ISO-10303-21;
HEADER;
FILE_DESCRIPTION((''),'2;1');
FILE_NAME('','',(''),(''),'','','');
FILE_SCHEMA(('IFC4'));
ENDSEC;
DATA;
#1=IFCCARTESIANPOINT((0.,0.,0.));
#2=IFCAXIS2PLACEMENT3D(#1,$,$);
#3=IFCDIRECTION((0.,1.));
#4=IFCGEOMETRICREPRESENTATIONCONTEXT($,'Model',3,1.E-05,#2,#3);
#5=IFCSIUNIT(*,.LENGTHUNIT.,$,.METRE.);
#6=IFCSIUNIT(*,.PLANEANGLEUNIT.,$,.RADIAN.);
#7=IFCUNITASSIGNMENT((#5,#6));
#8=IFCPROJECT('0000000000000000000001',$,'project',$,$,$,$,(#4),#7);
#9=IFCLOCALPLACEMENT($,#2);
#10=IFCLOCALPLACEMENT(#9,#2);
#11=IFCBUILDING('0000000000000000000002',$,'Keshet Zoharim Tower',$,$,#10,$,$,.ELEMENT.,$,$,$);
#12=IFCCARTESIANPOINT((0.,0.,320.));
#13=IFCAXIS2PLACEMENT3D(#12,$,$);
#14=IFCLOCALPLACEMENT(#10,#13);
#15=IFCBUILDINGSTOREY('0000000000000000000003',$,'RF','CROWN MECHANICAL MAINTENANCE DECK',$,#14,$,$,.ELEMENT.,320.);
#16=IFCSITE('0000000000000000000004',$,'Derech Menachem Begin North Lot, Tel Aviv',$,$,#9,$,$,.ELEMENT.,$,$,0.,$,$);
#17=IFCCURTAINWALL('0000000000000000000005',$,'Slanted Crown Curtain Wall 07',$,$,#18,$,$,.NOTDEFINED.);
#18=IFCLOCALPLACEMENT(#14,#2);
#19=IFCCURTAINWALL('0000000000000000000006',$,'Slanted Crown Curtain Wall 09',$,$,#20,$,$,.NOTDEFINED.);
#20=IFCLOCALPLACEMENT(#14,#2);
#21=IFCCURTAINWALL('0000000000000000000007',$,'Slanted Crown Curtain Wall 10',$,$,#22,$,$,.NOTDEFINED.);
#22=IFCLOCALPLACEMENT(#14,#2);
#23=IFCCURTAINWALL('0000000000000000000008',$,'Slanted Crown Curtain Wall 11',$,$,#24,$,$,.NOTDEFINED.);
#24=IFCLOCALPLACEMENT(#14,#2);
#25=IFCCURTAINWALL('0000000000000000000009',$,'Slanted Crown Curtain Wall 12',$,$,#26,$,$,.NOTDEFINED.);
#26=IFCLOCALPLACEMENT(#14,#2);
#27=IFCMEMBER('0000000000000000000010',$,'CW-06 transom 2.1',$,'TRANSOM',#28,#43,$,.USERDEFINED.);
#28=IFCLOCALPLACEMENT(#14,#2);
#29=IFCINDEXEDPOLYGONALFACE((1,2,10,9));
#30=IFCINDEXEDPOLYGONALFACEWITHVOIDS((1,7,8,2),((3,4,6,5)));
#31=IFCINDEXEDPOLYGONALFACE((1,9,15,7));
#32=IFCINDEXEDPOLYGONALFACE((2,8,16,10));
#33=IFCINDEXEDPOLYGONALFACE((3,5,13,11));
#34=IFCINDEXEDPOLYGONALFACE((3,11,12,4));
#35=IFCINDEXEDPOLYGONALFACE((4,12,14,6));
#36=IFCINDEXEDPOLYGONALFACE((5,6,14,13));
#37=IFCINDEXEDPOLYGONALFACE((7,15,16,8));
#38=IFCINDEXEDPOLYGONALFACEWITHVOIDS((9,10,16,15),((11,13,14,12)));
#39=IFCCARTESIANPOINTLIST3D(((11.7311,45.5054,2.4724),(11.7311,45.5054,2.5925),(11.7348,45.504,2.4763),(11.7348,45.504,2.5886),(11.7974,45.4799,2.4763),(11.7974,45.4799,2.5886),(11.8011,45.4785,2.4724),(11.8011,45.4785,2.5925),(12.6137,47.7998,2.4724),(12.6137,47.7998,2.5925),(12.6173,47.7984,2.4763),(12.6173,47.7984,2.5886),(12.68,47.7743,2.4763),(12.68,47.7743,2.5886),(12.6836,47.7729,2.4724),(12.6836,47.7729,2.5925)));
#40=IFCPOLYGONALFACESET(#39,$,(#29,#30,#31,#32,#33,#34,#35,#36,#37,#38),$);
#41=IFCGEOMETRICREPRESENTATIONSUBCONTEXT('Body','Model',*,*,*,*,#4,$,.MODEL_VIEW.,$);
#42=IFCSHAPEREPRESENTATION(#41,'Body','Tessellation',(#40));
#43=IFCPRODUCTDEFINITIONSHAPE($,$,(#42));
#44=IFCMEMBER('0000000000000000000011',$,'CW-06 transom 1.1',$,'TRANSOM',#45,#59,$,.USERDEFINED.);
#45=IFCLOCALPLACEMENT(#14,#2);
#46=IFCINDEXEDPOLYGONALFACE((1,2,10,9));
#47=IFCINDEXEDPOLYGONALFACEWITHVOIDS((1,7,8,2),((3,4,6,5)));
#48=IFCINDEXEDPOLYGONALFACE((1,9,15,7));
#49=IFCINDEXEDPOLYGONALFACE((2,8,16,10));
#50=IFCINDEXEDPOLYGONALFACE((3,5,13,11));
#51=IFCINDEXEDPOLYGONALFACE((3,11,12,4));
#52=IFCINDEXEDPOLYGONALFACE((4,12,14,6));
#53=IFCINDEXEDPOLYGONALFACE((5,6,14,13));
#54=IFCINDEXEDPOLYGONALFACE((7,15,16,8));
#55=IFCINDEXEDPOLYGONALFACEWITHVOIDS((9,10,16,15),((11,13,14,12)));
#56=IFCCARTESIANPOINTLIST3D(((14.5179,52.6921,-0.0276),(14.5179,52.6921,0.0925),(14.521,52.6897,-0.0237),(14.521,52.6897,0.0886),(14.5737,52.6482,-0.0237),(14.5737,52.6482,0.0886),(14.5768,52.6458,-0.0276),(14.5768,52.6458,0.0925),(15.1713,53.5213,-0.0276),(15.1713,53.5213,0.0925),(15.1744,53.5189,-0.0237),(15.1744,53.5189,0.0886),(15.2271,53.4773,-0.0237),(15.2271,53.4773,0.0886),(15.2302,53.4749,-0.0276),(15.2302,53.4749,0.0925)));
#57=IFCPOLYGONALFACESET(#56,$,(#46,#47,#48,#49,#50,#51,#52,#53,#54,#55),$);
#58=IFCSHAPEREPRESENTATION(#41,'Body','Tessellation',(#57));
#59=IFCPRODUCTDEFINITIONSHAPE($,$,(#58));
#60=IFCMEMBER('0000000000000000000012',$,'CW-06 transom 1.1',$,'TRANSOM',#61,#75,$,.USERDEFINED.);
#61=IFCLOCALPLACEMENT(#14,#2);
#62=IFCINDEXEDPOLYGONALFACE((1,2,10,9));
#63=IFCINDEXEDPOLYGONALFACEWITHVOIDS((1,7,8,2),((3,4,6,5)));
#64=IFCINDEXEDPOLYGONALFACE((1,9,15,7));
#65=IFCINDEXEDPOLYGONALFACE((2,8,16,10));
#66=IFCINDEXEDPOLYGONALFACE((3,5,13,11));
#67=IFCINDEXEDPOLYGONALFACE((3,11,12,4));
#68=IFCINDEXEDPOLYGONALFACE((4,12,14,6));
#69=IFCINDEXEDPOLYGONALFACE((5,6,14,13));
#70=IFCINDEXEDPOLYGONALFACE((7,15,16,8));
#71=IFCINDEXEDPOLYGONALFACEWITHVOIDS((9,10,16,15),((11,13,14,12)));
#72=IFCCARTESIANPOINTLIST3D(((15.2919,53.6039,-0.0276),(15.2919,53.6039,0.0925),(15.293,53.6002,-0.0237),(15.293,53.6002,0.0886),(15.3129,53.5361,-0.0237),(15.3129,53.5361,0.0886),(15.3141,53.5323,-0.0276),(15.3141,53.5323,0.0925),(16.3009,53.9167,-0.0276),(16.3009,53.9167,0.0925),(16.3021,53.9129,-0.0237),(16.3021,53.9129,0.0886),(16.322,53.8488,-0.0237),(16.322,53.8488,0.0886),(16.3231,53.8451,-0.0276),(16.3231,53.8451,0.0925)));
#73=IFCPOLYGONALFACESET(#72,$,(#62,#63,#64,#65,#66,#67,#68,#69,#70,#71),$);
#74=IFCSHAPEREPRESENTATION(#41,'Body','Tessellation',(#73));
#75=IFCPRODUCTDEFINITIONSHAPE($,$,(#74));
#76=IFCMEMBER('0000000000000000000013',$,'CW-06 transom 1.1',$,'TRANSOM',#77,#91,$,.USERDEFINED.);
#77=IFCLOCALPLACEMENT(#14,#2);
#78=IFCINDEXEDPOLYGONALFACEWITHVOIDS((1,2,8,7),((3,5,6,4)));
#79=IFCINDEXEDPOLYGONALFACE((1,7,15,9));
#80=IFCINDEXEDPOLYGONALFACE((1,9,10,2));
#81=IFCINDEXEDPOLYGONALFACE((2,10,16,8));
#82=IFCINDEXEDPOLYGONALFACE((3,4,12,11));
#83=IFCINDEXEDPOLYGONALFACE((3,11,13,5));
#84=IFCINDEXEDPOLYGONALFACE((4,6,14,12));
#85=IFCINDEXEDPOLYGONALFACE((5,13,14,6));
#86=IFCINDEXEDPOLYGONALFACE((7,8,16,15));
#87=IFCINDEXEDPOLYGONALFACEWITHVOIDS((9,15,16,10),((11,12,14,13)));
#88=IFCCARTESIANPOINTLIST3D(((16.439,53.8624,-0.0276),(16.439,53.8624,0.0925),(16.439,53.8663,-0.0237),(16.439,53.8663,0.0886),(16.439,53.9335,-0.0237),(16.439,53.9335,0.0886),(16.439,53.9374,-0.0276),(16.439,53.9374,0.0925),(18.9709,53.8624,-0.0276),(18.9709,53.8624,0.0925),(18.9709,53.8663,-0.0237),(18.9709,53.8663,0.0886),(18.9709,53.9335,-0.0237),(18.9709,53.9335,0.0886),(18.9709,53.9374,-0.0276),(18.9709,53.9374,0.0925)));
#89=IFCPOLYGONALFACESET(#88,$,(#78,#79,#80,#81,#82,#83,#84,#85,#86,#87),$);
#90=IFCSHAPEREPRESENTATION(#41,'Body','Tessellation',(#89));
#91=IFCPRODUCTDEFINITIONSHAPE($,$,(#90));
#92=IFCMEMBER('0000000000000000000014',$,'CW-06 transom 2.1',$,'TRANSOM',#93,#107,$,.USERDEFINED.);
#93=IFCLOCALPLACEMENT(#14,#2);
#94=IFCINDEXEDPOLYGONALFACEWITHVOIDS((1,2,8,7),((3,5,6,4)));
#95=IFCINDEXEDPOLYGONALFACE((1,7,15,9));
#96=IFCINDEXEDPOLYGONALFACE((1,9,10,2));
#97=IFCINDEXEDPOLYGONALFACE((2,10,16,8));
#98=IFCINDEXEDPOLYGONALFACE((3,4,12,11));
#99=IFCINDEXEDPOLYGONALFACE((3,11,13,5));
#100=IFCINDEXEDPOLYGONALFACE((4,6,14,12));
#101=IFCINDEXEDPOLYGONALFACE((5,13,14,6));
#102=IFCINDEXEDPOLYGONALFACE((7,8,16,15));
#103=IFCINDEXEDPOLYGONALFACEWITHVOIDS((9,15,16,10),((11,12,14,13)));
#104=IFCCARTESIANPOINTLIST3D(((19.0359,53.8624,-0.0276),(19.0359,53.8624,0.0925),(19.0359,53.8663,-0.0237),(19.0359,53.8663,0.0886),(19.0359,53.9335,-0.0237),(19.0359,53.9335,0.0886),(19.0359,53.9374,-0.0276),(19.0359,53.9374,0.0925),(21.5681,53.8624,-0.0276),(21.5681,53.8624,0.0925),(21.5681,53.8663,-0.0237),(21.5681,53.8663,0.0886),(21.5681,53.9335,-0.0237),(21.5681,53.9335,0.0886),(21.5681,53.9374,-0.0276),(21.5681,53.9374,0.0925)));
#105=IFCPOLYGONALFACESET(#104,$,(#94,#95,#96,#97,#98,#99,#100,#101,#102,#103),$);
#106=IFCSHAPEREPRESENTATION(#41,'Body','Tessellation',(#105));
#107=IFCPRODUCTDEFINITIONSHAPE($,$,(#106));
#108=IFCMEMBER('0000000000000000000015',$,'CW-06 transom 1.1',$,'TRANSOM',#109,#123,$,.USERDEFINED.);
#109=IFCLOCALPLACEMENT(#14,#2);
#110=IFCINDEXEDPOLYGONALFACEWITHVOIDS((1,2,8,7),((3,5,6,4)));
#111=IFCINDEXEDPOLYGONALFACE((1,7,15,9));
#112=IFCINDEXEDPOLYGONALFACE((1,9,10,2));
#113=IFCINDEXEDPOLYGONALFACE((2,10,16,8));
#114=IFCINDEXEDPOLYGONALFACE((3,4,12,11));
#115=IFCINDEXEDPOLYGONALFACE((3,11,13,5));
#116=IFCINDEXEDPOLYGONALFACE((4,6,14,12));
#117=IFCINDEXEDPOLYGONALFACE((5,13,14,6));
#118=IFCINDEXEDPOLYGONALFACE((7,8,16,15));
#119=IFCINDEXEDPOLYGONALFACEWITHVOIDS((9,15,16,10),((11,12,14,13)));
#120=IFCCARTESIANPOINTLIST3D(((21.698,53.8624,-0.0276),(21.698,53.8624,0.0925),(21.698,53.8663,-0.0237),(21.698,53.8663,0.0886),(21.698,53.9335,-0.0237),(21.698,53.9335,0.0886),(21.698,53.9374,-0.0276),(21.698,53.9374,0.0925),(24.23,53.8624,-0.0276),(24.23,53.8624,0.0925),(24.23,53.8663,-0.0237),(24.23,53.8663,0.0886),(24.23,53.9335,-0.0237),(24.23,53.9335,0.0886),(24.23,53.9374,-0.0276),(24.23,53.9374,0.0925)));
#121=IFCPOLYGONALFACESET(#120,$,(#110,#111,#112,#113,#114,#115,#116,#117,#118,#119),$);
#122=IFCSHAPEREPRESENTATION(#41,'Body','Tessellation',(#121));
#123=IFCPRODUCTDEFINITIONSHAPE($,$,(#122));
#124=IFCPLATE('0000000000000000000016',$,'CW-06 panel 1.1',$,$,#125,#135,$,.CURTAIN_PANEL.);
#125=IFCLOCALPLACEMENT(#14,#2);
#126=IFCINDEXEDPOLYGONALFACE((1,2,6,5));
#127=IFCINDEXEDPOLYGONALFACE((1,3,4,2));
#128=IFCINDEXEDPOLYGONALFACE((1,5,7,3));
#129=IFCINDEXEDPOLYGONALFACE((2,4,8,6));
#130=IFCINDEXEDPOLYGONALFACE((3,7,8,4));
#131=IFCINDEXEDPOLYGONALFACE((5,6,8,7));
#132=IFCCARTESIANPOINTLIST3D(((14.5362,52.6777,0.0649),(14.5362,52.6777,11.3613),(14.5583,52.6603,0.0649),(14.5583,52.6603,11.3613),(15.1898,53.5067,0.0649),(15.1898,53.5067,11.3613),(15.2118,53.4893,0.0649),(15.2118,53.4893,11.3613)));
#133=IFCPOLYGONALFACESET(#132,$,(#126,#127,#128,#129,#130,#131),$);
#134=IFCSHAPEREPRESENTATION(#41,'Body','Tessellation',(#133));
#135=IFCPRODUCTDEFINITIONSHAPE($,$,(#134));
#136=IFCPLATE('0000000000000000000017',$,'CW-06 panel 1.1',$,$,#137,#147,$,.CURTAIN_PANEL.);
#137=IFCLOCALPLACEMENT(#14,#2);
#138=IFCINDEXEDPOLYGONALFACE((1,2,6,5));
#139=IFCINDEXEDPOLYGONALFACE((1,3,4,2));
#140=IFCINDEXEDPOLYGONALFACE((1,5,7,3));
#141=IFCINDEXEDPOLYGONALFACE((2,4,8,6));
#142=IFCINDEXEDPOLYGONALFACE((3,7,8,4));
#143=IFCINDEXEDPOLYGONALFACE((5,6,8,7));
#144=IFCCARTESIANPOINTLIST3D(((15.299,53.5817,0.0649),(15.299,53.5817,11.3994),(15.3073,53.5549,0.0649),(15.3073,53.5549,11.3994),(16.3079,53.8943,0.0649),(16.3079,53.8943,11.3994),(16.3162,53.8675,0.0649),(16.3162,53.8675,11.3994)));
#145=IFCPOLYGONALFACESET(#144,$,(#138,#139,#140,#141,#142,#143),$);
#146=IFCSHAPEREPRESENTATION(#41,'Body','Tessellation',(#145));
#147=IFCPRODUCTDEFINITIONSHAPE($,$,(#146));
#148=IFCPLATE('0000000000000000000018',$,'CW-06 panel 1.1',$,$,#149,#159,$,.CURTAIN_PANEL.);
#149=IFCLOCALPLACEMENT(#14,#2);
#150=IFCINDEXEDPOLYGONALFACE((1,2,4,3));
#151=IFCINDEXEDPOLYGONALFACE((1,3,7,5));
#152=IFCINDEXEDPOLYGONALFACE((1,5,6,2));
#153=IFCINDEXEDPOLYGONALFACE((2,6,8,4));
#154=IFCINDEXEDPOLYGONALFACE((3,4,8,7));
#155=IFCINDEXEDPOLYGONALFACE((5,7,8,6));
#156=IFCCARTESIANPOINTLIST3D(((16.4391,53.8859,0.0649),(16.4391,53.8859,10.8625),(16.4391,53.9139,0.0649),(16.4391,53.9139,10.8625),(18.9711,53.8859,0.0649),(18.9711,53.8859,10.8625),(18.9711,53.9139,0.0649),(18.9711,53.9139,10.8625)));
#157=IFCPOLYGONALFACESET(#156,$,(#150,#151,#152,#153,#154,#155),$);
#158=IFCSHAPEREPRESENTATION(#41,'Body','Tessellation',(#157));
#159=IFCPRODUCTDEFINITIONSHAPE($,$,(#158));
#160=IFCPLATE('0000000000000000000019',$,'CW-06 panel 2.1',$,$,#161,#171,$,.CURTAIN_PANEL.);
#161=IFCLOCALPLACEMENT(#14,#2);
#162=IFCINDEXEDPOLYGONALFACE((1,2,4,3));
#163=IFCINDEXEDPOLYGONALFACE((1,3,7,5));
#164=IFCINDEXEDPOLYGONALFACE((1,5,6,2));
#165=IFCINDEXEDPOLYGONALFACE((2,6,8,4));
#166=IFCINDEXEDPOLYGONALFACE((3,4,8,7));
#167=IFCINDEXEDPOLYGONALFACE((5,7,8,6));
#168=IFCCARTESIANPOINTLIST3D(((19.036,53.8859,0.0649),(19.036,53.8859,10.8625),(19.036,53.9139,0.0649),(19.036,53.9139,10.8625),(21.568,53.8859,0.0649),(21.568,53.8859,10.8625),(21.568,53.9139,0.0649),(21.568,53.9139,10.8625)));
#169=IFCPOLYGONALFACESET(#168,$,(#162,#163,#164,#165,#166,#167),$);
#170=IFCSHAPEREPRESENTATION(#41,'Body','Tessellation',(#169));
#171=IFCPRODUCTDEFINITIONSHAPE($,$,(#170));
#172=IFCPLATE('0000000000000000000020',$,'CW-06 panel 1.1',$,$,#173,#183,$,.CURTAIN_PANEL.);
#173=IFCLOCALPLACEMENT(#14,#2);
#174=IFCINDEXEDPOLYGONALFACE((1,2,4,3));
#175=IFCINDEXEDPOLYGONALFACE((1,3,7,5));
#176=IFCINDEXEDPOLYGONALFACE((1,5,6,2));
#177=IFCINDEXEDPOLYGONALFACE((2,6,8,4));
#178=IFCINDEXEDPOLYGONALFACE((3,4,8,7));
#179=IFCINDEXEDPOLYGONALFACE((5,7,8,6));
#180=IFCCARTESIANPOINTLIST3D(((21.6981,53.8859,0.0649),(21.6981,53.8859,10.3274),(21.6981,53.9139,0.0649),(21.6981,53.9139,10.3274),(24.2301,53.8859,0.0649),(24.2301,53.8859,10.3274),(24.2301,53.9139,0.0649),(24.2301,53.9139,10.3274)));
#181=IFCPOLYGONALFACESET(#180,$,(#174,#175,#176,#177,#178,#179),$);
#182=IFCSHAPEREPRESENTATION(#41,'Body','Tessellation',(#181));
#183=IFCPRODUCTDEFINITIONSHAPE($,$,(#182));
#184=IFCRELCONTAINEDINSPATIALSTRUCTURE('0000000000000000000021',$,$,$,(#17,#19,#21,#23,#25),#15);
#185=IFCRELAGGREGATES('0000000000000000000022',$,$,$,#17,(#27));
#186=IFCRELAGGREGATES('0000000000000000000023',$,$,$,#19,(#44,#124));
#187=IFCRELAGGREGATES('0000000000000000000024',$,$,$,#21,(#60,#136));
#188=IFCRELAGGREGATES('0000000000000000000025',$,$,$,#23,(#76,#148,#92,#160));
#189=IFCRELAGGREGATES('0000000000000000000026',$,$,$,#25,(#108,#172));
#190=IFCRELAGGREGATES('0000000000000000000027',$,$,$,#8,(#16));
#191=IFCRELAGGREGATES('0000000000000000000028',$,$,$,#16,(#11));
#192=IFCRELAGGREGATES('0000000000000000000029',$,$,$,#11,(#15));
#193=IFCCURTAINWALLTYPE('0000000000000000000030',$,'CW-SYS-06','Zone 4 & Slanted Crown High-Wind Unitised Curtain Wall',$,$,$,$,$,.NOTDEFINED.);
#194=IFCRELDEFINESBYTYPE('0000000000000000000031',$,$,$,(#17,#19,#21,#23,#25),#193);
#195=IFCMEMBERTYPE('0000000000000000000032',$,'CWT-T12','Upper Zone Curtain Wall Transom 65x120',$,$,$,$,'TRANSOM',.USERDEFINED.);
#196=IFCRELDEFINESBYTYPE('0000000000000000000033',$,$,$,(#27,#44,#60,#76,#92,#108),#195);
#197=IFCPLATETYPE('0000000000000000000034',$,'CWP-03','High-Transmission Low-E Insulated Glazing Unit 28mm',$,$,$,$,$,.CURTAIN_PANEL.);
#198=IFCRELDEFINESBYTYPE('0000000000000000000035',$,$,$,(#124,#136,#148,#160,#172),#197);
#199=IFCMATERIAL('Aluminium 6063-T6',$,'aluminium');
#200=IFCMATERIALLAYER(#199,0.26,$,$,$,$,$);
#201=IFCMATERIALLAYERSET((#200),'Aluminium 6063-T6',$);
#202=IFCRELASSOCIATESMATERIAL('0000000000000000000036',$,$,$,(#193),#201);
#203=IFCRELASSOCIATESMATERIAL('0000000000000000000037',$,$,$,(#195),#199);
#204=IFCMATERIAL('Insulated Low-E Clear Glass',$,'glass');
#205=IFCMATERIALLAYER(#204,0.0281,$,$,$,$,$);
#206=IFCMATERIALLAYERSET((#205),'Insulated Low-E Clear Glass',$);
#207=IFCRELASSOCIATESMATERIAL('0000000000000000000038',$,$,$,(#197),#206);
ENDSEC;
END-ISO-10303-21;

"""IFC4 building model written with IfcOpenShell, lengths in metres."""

from ifc_helpers import new_model, si_unit, direction, frame, origin, origin_2d, place, context, subcontext, project, spatial, rectangle, hollow_rectangle, extrude, material, layer, layer_set, material_profile, profile_set, type_object, element, aggregate, save


model = new_model("IFC4")

# Units and contexts
model_context = context("Model", 3, precision=1e-05, world=origin(), true_north=direction((0.0, 1.0)))
body_context = subcontext(model_context, "Body", "Model", "MODEL_VIEW")
ifc_project = project(units=[si_unit("LENGTHUNIT", "METRE"), si_unit("PLANEANGLEUNIT", "RADIAN")], contexts=[model_context])

# Site, building, storey
site_placement = place(None, origin())
site = spatial("IfcSite", under=ifc_project, at=site_placement, Name="Derech Menachem Begin North Lot, Tel Aviv", CompositionType="ELEMENT", RefElevation=0.0)
building_placement = place(site_placement, origin())
building = spatial("IfcBuilding", under=site, at=building_placement, Name="Keshet Zoharim Tower", CompositionType="ELEMENT")
storey_placement = place(building_placement, frame((0.0, 0.0, 320.0)))
storey = spatial("IfcBuildingStorey", under=building, at=storey_placement, Name="RF", Description="CROWN MECHANICAL MAINTENANCE DECK", CompositionType="ELEMENT", Elevation=320.0)

# Shared definitions
ifc_material_1 = material(Name="Aluminium 6063-T6", Category="aluminium")
ifc_layer_1 = layer(ifc_material_1, 0.26)
ifc_layer_set_1 = layer_set([ifc_layer_1], Name="Aluminium 6063-T6")
curtain_wall_type = type_object("IfcCurtainWallType", Name="CW-SYS-06", Description="Zone 4 & Slanted Crown High-Wind Unitised Curtain Wall", PredefinedType="NOTDEFINED", material=ifc_layer_set_1)

# Curtain walls
curtain_wall_1_placement = place(storey_placement, origin())
curtain_wall_1 = element("IfcCurtainWall", 1, at=curtain_wall_1_placement, inside=storey, type_object=curtain_wall_type, Name="Slanted Crown Curtain Wall 07", PredefinedType="NOTDEFINED")
curtain_wall_2_placement = place(storey_placement, origin())
curtain_wall_2 = element("IfcCurtainWall", 2, at=curtain_wall_2_placement, inside=storey, type_object=curtain_wall_type, Name="Slanted Crown Curtain Wall 09", PredefinedType="NOTDEFINED")
curtain_wall_3_placement = place(storey_placement, origin())
curtain_wall_3 = element("IfcCurtainWall", 3, at=curtain_wall_3_placement, inside=storey, type_object=curtain_wall_type, Name="Slanted Crown Curtain Wall 10", PredefinedType="NOTDEFINED")
curtain_wall_4_placement = place(storey_placement, origin())
curtain_wall_4 = element("IfcCurtainWall", 4, at=curtain_wall_4_placement, inside=storey, type_object=curtain_wall_type, Name="Slanted Crown Curtain Wall 11", PredefinedType="NOTDEFINED")

# Curtain wall
curtain_wall_5_placement = place(storey_placement, origin())
curtain_wall_5 = element("IfcCurtainWall", 5, at=curtain_wall_5_placement, inside=storey, type_object=curtain_wall_type, Name="Slanted Crown Curtain Wall 12", PredefinedType="NOTDEFINED")

# Members
ifc_material_profile_1 = material_profile(ifc_material_1, hollow_rectangle(XDim=0.075, YDim=0.1201, WallThickness=0.0039, at=origin_2d()), Name="TRN-75x120")
ifc_profile_set_1 = profile_set([ifc_material_profile_1], Name="Aluminium 6063-T6")
member_type_1 = type_object("IfcMemberType", Name="CWT-T12", Description="Upper Zone Curtain Wall Transom 65x120", ElementType="TRANSOM", PredefinedType="USERDEFINED", material=ifc_profile_set_1)
member_1_placement = place(storey_placement, frame((11.7661, 45.4919, 2.5325), z_axis=(0.359012, 0.933333, 0.0), x_axis=(-0.933333, 0.359012, 0.0)))
member_1 = element("IfcMember", 6, at=member_1_placement, type_object=member_type_1, Name="CW-06 transom 2.1", ObjectType="TRANSOM", PredefinedType="USERDEFINED", context=body_context, shape_type="SweptSolid", body=[
    extrude(hollow_rectangle(XDim=0.075, YDim=0.1201, WallThickness=0.0039, at=origin_2d()), origin(), (0.0, 0.0, 1.0), 2.4583),
])
aggregate(curtain_wall_1, [member_1])
member_2_placement = place(storey_placement, frame((14.5474, 52.6689, 0.0325), z_axis=(0.618924, 0.785451, 0.0), x_axis=(-0.785451, 0.618924, 0.0)))
member_2 = element("IfcMember", 7, at=member_2_placement, type_object=member_type_1, Name="CW-06 transom 1.1", ObjectType="TRANSOM", PredefinedType="USERDEFINED", context=body_context, shape_type="SweptSolid", body=[
    extrude(hollow_rectangle(XDim=0.075, YDim=0.1201, WallThickness=0.0039, at=origin_2d()), origin(), (0.0, 0.0, 1.0), 1.0557),
])
member_3_placement = place(storey_placement, frame((15.303, 53.5681, 0.0325), z_axis=(0.955172, 0.29605, 0.0), x_axis=(-0.29605, 0.955172, 0.0)))
member_3 = element("IfcMember", 8, at=member_3_placement, type_object=member_type_1, Name="CW-06 transom 1.1", ObjectType="TRANSOM", PredefinedType="USERDEFINED", context=body_context, shape_type="SweptSolid", body=[
    extrude(hollow_rectangle(XDim=0.075, YDim=0.1201, WallThickness=0.0039, at=origin_2d()), origin(), (0.0, 0.0, 1.0), 1.0564),
])
member_4_placement = place(storey_placement, frame((16.439, 53.8999, 0.0325), z_axis=(1.0, 0.0, 0.0), x_axis=(0.0, 1.0, 0.0)))
member_4 = element("IfcMember", 9, at=member_4_placement, type_object=member_type_1, Name="CW-06 transom 1.1", ObjectType="TRANSOM", PredefinedType="USERDEFINED", context=body_context, shape_type="SweptSolid", body=[
    extrude(hollow_rectangle(XDim=0.075, YDim=0.1201, WallThickness=0.0039, at=origin_2d()), origin(), (0.0, 0.0, 1.0), 2.532),
])
member_5_placement = place(storey_placement, frame((19.0359, 53.8999, 0.0325), z_axis=(1.0, 0.0, 0.0), x_axis=(0.0, 1.0, 0.0)))
member_5 = element("IfcMember", 10, at=member_5_placement, type_object=member_type_1, Name="CW-06 transom 2.1", ObjectType="TRANSOM", PredefinedType="USERDEFINED", context=body_context, shape_type="SweptSolid", body=[
    extrude(hollow_rectangle(XDim=0.075, YDim=0.1201, WallThickness=0.0039, at=origin_2d()), origin(), (0.0, 0.0, 1.0), 2.5322),
])
member_6_placement = place(storey_placement, frame((21.698, 53.8999, 0.0325), z_axis=(1.0, 0.0, 0.0), x_axis=(0.0, 1.0, 0.0)))
member_6 = element("IfcMember", 11, at=member_6_placement, type_object=member_type_1, Name="CW-06 transom 1.1", ObjectType="TRANSOM", PredefinedType="USERDEFINED", context=body_context, shape_type="SweptSolid", body=[
    extrude(hollow_rectangle(XDim=0.075, YDim=0.1201, WallThickness=0.0039, at=origin_2d()), origin(), (0.0, 0.0, 1.0), 2.532),
])

# Plates
ifc_material_2 = material(Name="Insulated Low-E Clear Glass", Category="glass")
ifc_layer_2 = layer(ifc_material_2, 0.0281)
ifc_layer_set_2 = layer_set([ifc_layer_2], Name="Insulated Low-E Clear Glass")
plate_type = type_object("IfcPlateType", Name="CWP-03", Description="High-Transmission Low-E Insulated Glazing Unit 28mm", PredefinedType="CURTAIN_PANEL", material=ifc_layer_set_2)
plate_1_placement = place(storey_placement, frame((14.874, 53.0835, 0.0649), z_axis=(0.0, 0.0, 1.0), x_axis=(0.619125, 0.785293, 0.0)))
plate_1 = element("IfcPlate", 12, at=plate_1_placement, type_object=plate_type, Name="CW-06 panel 1.1", PredefinedType="CURTAIN_PANEL", context=body_context, shape_type="SweptSolid", body=[
    extrude(rectangle(XDim=1.0557, YDim=0.0281, at=origin_2d()), origin(), (0.0, 0.0, 1.0), 11.2964),
])
aggregate(curtain_wall_2, [member_2, plate_1])
plate_2_placement = place(storey_placement, frame((15.8076, 53.7246, 0.0649), z_axis=(0.0, 0.0, 1.0), x_axis=(0.955212, 0.295922, 0.0)))
plate_2 = element("IfcPlate", 13, at=plate_2_placement, type_object=plate_type, Name="CW-06 panel 1.1", PredefinedType="CURTAIN_PANEL", context=body_context, shape_type="SweptSolid", body=[
    extrude(rectangle(XDim=1.0562, YDim=0.0281, at=origin_2d()), origin(), (0.0, 0.0, 1.0), 11.3345),
])
aggregate(curtain_wall_3, [member_3, plate_2])
plate_3_placement = place(storey_placement, frame((17.7051, 53.8999, 0.0649), z_axis=(0.0, 0.0, 1.0), x_axis=(1.0, 0.0, 0.0)))
plate_3 = element("IfcPlate", 14, at=plate_3_placement, type_object=plate_type, Name="CW-06 panel 1.1", PredefinedType="CURTAIN_PANEL", context=body_context, shape_type="SweptSolid", body=[
    extrude(rectangle(XDim=2.532, YDim=0.0281, at=origin_2d()), origin(), (0.0, 0.0, 1.0), 10.7976),
])
plate_4_placement = place(storey_placement, frame((20.302, 53.8999, 0.0649), z_axis=(0.0, 0.0, 1.0), x_axis=(1.0, 0.0, 0.0)))
plate_4 = element("IfcPlate", 15, at=plate_4_placement, type_object=plate_type, Name="CW-06 panel 2.1", PredefinedType="CURTAIN_PANEL", context=body_context, shape_type="SweptSolid", body=[
    extrude(rectangle(XDim=2.532, YDim=0.0281, at=origin_2d()), origin(), (0.0, 0.0, 1.0), 10.7976),
])
aggregate(curtain_wall_4, [member_4, plate_3, member_5, plate_4])
plate_5_placement = place(storey_placement, frame((22.9641, 53.8999, 0.0649), z_axis=(0.0, 0.0, 1.0), x_axis=(1.0, 0.0, 0.0)))
plate_5 = element("IfcPlate", 16, at=plate_5_placement, type_object=plate_type, Name="CW-06 panel 1.1", PredefinedType="CURTAIN_PANEL", context=body_context, shape_type="SweptSolid", body=[
    extrude(rectangle(XDim=2.532, YDim=0.0281, at=origin_2d()), origin(), (0.0, 0.0, 1.0), 10.2625),
])
aggregate(curtain_wall_5, [member_6, plate_5])

save(model, "model.ifc")
